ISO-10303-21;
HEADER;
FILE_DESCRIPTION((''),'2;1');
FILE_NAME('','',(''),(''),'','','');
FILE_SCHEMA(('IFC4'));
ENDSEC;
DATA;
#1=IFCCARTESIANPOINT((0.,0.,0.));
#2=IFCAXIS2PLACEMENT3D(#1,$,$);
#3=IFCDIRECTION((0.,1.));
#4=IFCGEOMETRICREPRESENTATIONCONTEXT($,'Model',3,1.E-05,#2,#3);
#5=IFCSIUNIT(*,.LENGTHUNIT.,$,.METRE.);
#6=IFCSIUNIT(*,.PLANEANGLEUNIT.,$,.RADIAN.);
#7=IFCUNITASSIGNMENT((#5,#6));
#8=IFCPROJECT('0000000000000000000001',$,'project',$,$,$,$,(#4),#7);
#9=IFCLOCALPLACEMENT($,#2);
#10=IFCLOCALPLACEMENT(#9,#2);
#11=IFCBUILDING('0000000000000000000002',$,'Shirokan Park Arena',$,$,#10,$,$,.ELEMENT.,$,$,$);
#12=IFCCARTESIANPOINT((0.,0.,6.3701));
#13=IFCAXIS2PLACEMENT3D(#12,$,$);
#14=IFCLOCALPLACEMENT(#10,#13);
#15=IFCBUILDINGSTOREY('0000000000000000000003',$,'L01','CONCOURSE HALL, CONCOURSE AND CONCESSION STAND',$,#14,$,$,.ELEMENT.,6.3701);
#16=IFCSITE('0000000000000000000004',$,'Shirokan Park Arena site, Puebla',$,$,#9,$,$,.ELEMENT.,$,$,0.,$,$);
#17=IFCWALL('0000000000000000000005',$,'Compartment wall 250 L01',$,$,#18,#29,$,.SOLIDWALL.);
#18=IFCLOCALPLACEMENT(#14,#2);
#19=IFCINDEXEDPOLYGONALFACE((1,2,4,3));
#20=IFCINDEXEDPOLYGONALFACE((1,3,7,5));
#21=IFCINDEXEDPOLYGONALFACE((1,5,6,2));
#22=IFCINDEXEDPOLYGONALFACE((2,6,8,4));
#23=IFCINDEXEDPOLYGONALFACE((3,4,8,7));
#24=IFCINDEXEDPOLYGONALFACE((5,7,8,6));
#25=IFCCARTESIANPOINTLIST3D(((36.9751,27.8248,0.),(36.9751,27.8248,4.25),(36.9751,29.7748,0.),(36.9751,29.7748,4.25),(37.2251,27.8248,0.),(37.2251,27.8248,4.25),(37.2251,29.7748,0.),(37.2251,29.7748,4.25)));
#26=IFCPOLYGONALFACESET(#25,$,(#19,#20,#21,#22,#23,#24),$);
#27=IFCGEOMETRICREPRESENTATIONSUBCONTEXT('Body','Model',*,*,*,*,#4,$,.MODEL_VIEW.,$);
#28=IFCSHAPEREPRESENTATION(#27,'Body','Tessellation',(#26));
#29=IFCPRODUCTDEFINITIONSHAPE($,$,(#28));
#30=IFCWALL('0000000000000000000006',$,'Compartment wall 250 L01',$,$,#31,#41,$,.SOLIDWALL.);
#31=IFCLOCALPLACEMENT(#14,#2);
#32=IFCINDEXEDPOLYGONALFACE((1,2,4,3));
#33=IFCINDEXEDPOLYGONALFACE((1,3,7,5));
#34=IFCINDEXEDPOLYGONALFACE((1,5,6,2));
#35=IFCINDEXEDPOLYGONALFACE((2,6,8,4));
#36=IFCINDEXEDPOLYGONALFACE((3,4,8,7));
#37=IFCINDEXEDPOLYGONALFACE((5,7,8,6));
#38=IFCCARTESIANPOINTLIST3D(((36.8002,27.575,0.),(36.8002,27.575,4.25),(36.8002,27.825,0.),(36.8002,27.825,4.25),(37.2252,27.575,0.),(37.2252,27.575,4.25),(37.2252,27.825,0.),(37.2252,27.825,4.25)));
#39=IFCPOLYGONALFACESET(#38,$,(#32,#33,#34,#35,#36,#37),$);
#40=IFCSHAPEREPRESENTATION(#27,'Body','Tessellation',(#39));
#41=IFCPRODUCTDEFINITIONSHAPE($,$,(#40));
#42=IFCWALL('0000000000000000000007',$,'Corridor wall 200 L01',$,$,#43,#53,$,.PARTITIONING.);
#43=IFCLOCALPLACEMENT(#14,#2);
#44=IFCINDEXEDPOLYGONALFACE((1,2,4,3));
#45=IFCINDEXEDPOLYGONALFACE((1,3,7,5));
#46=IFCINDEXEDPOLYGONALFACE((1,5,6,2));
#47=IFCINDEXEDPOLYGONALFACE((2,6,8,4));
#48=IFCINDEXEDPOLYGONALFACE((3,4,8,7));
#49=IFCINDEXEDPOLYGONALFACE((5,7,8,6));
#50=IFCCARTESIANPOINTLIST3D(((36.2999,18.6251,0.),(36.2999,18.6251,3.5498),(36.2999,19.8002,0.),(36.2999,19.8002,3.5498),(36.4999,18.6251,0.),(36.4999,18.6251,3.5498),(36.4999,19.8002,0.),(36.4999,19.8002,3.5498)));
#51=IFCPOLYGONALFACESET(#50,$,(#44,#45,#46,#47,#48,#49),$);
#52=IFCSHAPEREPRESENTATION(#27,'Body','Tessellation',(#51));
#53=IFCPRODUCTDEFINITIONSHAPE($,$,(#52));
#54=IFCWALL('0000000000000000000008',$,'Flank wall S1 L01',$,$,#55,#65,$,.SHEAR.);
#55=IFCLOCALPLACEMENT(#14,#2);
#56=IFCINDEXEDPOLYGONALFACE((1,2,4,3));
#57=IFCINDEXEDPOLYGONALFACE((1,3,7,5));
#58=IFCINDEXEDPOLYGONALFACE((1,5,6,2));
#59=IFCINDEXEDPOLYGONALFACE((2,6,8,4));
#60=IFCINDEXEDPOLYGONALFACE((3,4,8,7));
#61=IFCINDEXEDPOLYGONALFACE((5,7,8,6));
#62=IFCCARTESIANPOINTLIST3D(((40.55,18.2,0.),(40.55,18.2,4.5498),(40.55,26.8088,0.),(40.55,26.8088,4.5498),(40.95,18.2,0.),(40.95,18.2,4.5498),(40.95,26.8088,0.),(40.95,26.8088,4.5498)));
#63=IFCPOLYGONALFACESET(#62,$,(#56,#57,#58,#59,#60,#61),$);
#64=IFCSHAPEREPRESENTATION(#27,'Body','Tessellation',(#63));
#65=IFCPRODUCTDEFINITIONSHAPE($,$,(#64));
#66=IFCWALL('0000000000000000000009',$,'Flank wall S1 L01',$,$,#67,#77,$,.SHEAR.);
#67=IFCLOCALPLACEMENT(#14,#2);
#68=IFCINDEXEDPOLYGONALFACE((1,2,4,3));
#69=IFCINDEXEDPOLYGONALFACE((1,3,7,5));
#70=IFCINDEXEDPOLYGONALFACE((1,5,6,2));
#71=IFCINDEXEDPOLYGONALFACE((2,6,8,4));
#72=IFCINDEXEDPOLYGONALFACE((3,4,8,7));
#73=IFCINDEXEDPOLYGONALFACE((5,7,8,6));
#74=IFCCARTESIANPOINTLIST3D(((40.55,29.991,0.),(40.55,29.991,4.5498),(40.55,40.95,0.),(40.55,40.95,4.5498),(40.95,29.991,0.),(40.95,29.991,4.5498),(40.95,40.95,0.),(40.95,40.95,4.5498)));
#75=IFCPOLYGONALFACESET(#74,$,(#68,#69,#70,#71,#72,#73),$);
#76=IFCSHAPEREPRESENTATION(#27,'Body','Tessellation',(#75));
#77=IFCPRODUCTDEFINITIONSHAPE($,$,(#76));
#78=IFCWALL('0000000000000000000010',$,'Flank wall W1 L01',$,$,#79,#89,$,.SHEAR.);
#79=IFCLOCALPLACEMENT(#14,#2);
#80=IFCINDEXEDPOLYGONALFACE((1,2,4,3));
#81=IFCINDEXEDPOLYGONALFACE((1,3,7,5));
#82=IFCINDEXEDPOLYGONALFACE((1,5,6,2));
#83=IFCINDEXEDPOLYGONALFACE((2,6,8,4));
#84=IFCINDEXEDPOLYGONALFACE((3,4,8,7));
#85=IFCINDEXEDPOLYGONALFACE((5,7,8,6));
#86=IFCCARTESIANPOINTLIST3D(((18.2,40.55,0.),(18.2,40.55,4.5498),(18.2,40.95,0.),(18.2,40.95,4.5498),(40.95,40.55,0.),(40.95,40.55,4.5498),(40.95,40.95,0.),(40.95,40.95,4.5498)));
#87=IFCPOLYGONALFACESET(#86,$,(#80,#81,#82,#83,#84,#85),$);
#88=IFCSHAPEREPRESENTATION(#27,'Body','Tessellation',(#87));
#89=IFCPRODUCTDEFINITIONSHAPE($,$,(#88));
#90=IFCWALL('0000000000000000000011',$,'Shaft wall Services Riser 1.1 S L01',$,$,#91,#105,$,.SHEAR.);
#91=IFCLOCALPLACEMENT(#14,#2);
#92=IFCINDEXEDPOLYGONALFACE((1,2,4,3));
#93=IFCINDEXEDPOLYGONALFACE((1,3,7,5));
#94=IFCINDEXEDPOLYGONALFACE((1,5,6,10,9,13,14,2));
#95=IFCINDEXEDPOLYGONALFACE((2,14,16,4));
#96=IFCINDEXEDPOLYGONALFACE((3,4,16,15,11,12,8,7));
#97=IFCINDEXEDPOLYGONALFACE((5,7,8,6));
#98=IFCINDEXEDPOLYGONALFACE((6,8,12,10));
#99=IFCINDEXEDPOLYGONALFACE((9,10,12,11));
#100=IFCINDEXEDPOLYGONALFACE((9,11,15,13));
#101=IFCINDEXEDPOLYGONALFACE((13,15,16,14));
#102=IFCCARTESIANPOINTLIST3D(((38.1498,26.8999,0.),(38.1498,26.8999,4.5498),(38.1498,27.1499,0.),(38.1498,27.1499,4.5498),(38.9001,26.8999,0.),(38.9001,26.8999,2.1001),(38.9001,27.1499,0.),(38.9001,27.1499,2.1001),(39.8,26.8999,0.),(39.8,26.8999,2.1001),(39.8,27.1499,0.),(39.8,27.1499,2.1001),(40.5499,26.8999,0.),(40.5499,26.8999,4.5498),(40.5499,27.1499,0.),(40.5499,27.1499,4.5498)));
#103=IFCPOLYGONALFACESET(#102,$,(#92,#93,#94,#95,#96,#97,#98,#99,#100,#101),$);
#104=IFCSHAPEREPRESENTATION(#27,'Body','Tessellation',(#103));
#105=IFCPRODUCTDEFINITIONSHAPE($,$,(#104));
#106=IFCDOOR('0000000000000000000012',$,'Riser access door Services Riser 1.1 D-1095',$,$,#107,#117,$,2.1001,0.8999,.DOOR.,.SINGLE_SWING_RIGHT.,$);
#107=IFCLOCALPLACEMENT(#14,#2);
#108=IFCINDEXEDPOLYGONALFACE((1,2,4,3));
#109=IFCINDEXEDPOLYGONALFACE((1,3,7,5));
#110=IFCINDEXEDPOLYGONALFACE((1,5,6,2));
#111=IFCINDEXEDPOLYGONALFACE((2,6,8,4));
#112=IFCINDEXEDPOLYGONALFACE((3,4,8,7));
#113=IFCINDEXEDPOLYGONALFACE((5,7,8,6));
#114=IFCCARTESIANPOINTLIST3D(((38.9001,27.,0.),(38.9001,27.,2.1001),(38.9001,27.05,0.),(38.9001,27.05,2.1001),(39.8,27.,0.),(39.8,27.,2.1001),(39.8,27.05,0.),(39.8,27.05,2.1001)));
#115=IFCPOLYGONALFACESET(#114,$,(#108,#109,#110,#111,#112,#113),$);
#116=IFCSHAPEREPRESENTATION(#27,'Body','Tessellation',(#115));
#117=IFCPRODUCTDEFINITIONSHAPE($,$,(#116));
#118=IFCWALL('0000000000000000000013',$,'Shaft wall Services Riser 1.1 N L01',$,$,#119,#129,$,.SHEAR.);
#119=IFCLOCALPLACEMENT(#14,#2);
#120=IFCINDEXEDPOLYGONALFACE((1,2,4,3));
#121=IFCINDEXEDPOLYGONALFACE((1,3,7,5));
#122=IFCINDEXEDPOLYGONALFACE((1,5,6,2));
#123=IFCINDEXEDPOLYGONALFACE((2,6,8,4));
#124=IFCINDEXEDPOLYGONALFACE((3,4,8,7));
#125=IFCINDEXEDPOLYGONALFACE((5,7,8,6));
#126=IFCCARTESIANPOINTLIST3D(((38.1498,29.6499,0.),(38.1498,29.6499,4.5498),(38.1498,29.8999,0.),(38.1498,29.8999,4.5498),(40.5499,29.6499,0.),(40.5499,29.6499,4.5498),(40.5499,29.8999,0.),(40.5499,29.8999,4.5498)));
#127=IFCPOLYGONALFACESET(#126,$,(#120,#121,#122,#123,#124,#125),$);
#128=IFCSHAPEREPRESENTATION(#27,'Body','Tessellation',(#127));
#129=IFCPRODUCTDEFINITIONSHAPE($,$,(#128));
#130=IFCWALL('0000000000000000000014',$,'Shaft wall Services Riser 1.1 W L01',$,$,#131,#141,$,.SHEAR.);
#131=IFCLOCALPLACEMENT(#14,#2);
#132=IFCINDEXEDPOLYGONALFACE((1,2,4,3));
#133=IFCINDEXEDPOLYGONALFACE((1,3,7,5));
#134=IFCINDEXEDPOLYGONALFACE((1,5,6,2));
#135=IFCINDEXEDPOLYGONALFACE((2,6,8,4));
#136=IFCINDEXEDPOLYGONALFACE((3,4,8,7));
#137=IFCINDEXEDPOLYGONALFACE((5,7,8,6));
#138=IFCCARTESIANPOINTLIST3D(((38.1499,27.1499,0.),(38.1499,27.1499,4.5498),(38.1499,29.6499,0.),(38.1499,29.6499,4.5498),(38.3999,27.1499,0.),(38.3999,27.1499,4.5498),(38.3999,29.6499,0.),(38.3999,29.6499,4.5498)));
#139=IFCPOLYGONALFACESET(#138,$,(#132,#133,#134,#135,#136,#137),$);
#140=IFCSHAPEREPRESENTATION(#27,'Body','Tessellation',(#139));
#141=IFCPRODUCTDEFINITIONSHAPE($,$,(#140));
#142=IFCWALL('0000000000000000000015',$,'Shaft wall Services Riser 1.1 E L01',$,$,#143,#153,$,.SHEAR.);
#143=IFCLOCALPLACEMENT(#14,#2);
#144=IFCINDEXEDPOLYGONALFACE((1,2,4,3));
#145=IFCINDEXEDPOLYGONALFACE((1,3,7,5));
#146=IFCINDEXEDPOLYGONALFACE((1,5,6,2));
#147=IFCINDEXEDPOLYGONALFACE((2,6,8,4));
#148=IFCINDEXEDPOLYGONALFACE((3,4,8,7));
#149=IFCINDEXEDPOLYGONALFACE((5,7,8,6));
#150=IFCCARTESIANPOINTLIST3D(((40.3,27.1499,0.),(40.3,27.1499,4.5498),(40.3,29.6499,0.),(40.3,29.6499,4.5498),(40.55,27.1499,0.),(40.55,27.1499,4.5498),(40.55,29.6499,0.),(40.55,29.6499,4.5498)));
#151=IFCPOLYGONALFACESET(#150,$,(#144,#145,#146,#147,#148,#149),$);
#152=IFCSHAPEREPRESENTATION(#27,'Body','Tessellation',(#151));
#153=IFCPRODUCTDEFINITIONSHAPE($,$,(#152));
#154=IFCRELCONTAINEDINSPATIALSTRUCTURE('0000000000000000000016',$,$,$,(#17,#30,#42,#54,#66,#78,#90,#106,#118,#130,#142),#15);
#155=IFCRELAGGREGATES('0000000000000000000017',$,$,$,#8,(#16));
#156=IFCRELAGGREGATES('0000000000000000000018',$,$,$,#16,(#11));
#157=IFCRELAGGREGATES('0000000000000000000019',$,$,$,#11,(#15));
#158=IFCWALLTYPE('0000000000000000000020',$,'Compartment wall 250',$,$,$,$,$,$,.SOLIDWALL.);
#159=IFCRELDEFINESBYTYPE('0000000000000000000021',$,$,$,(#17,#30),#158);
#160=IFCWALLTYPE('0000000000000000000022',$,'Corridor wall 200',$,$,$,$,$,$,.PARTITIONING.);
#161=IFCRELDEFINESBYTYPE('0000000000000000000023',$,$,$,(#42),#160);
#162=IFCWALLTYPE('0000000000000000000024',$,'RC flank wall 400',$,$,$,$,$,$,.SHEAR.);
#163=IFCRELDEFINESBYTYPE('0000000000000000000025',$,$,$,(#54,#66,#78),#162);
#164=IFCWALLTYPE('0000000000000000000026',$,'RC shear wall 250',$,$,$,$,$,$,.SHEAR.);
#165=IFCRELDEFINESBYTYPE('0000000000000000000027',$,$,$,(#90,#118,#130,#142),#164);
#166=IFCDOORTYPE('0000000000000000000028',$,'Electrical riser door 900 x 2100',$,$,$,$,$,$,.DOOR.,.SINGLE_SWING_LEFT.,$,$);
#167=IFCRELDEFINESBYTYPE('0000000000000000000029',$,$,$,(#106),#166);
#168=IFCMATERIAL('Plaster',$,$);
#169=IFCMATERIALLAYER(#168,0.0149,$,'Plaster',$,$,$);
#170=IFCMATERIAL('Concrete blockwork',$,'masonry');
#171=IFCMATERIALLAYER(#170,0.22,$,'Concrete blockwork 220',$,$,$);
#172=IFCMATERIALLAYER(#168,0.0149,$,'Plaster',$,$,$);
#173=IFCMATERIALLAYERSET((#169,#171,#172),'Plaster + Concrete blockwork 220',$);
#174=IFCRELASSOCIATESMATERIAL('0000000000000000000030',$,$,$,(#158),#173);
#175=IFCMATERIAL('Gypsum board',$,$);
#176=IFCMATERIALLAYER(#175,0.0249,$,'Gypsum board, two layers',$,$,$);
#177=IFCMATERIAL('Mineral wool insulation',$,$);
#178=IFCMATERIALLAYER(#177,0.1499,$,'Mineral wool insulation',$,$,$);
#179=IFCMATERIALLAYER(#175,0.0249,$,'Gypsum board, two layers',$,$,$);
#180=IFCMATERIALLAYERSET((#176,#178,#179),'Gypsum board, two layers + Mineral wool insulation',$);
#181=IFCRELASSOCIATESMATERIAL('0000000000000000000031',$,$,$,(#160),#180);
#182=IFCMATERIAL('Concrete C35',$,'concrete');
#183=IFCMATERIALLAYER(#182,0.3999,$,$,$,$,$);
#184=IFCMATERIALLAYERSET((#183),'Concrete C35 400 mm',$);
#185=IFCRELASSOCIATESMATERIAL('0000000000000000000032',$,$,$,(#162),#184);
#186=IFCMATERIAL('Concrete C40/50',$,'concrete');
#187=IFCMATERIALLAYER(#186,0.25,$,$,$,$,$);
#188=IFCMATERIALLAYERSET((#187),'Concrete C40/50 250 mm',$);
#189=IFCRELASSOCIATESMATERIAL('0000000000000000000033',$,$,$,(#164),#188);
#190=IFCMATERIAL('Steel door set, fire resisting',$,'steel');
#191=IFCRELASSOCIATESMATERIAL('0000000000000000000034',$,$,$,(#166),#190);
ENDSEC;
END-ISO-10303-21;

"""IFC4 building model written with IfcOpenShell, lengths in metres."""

from ifc_helpers import new_model, si_unit, direction, frame, frame_2d, origin, place, context, subcontext, project, spatial, rectangle, extrude, material, layer, layer_set, type_object, element, fill, save


model = new_model("IFC4")

# Units and contexts
model_context = context("Model", 3, precision=1e-05, world=origin(), true_north=direction((0.0, 1.0)))
body_context = subcontext(model_context, "Body", "Model", "MODEL_VIEW")
ifc_project = project(units=[si_unit("LENGTHUNIT", "METRE"), si_unit("PLANEANGLEUNIT", "RADIAN")], contexts=[model_context])

# Site, building, storey
site_placement = place(None, origin())
site = spatial("IfcSite", under=ifc_project, at=site_placement, Name="Shirokan Park Arena site, Puebla", CompositionType="ELEMENT", RefElevation=0.0)
building_placement = place(site_placement, origin())
building = spatial("IfcBuilding", under=site, at=building_placement, Name="Shirokan Park Arena", CompositionType="ELEMENT")
storey_placement = place(building_placement, frame((0.0, 0.0, 6.3701)))
storey = spatial("IfcBuildingStorey", under=building, at=storey_placement, Name="L01", Description="CONCOURSE HALL, CONCOURSE AND CONCESSION STAND", CompositionType="ELEMENT", Elevation=6.3701)

# Shared definitions
ifc_material_1 = material(Name="Concrete C35", Category="concrete")

# Shared definitions
ifc_material_2 = material(Name="Plaster")
ifc_layer_1 = layer(ifc_material_2, 0.0149, Name="Plaster")
ifc_material_3 = material(Name="Concrete blockwork", Category="masonry")
ifc_layer_2 = layer(ifc_material_3, 0.22, Name="Concrete blockwork 220")
ifc_layer_3 = layer(ifc_material_2, 0.0149, Name="Plaster")
ifc_layer_set_1 = layer_set([ifc_layer_1, ifc_layer_2, ifc_layer_3], Name="Plaster + Concrete blockwork 220")
wall_type_1 = type_object("IfcWallType", Name="Compartment wall 250", PredefinedType="SOLIDWALL", material=ifc_layer_set_1)

# Walls
wall_1_placement = place(storey_placement, frame((37.1001, 29.7749, 0.0), z_axis=(0.0, 0.0, 1.0), x_axis=(0.0, -1.0, 0.0)))
element("IfcWall", 1, at=wall_1_placement, inside=storey, type_object=wall_type_1, Name="Compartment wall 250 L01", PredefinedType="SOLIDWALL", context=body_context, shape_type="SweptSolid", body=[
    extrude(rectangle(XDim=1.95, YDim=0.25, at=frame_2d((0.9751, 0.0))), origin(), (0.0, 0.0, 1.0), 4.25),
])
wall_2_placement = place(storey_placement, frame((37.2251, 27.7, 0.0), z_axis=(0.0, 0.0, 1.0), x_axis=(-1.0, 0.0, 0.0)))
element("IfcWall", 2, at=wall_2_placement, inside=storey, type_object=wall_type_1, Name="Compartment wall 250 L01", PredefinedType="SOLIDWALL", context=body_context, shape_type="SweptSolid", body=[
    extrude(rectangle(XDim=0.425, YDim=0.25, at=frame_2d((0.2124, 0.0))), origin(), (0.0, 0.0, 1.0), 4.25),
])
ifc_material_4 = material(Name="Gypsum board")
ifc_layer_4 = layer(ifc_material_4, 0.0249, Name="Gypsum board, two layers")
ifc_material_5 = material(Name="Mineral wool insulation")
ifc_layer_5 = layer(ifc_material_5, 0.1499, Name="Mineral wool insulation")
ifc_layer_6 = layer(ifc_material_4, 0.0249, Name="Gypsum board, two layers")
ifc_layer_set_2 = layer_set([ifc_layer_4, ifc_layer_5, ifc_layer_6], Name="Gypsum board, two layers + Mineral wool insulation")
wall_type_2 = type_object("IfcWallType", Name="Corridor wall 200", PredefinedType="PARTITIONING", material=ifc_layer_set_2)
wall_3_placement = place(storey_placement, frame((36.3999, 19.8, 0.0), z_axis=(0.0, 0.0, 1.0), x_axis=(0.0, -1.0, 0.0)))
element("IfcWall", 3, at=wall_3_placement, inside=storey, type_object=wall_type_2, Name="Corridor wall 200 L01", PredefinedType="PARTITIONING", context=body_context, shape_type="SweptSolid", body=[
    extrude(rectangle(XDim=1.175, YDim=0.2, at=frame_2d((0.5874, 0.0))), origin(), (0.0, 0.0, 1.0), 3.5498),
])
ifc_layer_7 = layer(ifc_material_1, 0.3999)
ifc_layer_set_3 = layer_set([ifc_layer_7], Name="Concrete C35 400 mm")
wall_type_3 = type_object("IfcWallType", Name="RC flank wall 400", PredefinedType="SHEAR", material=ifc_layer_set_3)
wall_4_placement = place(storey_placement, frame((40.75, 26.8088, 0.0), z_axis=(0.0, 0.0, 1.0), x_axis=(0.0, -1.0, 0.0)))
element("IfcWall", 4, at=wall_4_placement, inside=storey, type_object=wall_type_3, Name="Flank wall S1 L01", PredefinedType="SHEAR", context=body_context, shape_type="SweptSolid", body=[
    extrude(rectangle(XDim=8.6089, YDim=0.3999, at=frame_2d((4.3044, 0.0))), origin(), (0.0, 0.0, 1.0), 4.5498),
])
wall_5_placement = place(storey_placement, frame((40.75, 40.95, 0.0), z_axis=(0.0, 0.0, 1.0), x_axis=(0.0, -1.0, 0.0)))
element("IfcWall", 5, at=wall_5_placement, inside=storey, type_object=wall_type_3, Name="Flank wall S1 L01", PredefinedType="SHEAR", context=body_context, shape_type="SweptSolid", body=[
    extrude(rectangle(XDim=10.959, YDim=0.3999, at=frame_2d((5.4795, 0.0))), origin(), (0.0, 0.0, 1.0), 4.5498),
])
wall_6_placement = place(storey_placement, frame((40.95, 40.75, 0.0), z_axis=(0.0, 0.0, 1.0), x_axis=(-1.0, 0.0, 0.0)))
element("IfcWall", 6, at=wall_6_placement, inside=storey, type_object=wall_type_3, Name="Flank wall W1 L01", PredefinedType="SHEAR", context=body_context, shape_type="SweptSolid", body=[
    extrude(rectangle(XDim=22.75, YDim=0.3999, at=frame_2d((11.375, 0.0))), origin(), (0.0, 0.0, 1.0), 4.5498),
])

# Wall, opening, door
ifc_material_6 = material(Name="Concrete C40/50", Category="concrete")
ifc_layer_8 = layer(ifc_material_6, 0.25)
ifc_layer_set_4 = layer_set([ifc_layer_8], Name="Concrete C40/50 250 mm")
wall_type_4 = type_object("IfcWallType", Name="RC shear wall 250", PredefinedType="SHEAR", material=ifc_layer_set_4)
wall_7_placement = place(storey_placement, frame((40.55, 27.0249, 0.0), z_axis=(0.0, 0.0, 1.0), x_axis=(-1.0, 0.0, 0.0)))
wall_7 = element("IfcWall", 7, at=wall_7_placement, inside=storey, type_object=wall_type_4, Name="Shaft wall Services Riser 1.1 S L01", PredefinedType="SHEAR", context=body_context, shape_type="SweptSolid", body=[
    extrude(rectangle(XDim=2.4001, YDim=0.25, at=frame_2d((1.2002, 0.0))), origin(), (0.0, 0.0, 1.0), 4.5498),
])
opening_1_placement = place(wall_7_placement, frame((0.75, 0.0, 0.0)))
opening_1 = element("IfcOpeningElement", 8, at=opening_1_placement, cuts=wall_7, PredefinedType="OPENING", context=body_context, shape_type="SweptSolid", body=[
    extrude(rectangle(XDim=0.8999, YDim=2.1001, at=frame_2d((0.45, 1.05))), frame((0.0, 0.135, 0.0), z_axis=(0.0, -1.0, 0.0), x_axis=(1.0, 0.0, 0.0)), (0.0, 0.0, 1.0), 0.27),
])
ifc_material_7 = material(Name="Steel door set, fire resisting", Category="steel")
door_type_1 = type_object("IfcDoorType", Name="Electrical riser door 900 x 2100", OperationType="SINGLE_SWING_LEFT", PredefinedType="DOOR", material=ifc_material_7)
door_1_placement = place(opening_1_placement, origin())
door_1 = element("IfcDoor", 9, at=door_1_placement, inside=storey, type_object=door_type_1, Name="Riser access door Services Riser 1.1 D-1095", OperationType="SINGLE_SWING_RIGHT", OverallHeight=2.1001, OverallWidth=0.8999, PredefinedType="DOOR", context=body_context, shape_type="SweptSolid", body=[
    extrude(rectangle(XDim=0.8999, YDim=2.1001, at=frame_2d((0.45, 1.05))), frame((0.0, 0.0249, 0.0), z_axis=(0.0, -1.0, 0.0), x_axis=(1.0, 0.0, 0.0)), (0.0, 0.0, 1.0), 0.05),
])
fill(opening_1, door_1)

# Walls
wall_8_placement = place(storey_placement, frame((40.55, 29.7749, 0.0), z_axis=(0.0, 0.0, 1.0), x_axis=(-1.0, 0.0, 0.0)))
element("IfcWall", 10, at=wall_8_placement, inside=storey, type_object=wall_type_4, Name="Shaft wall Services Riser 1.1 N L01", PredefinedType="SHEAR", context=body_context, shape_type="SweptSolid", body=[
    extrude(rectangle(XDim=2.4001, YDim=0.25, at=frame_2d((1.2002, 0.0))), origin(), (0.0, 0.0, 1.0), 4.5498),
])
for number, where, z_axis, x_axis, name in (
    (11, (38.2749, 29.6499, 0.0), (0.0, 0.0, 1.0), (0.0, -1.0, 0.0), "Shaft wall Services Riser 1.1 W L01"),
    (12, (40.425, 29.6499, 0.0), (0.0, 0.0, 1.0), (0.0, -1.0, 0.0), "Shaft wall Services Riser 1.1 E L01"),
):
    element("IfcWall", number, at=place(storey_placement, frame(where, z_axis=z_axis, x_axis=x_axis)), inside=storey, type_object=wall_type_4, Name=name, PredefinedType="SHEAR", context=body_context, shape_type="SweptSolid", body=[
        extrude(rectangle(XDim=2.5, YDim=0.25, at=frame_2d((1.25, 0.0))), origin(), (0.0, 0.0, 1.0), 4.5498),
    ])

save(model, "model.ifc")
